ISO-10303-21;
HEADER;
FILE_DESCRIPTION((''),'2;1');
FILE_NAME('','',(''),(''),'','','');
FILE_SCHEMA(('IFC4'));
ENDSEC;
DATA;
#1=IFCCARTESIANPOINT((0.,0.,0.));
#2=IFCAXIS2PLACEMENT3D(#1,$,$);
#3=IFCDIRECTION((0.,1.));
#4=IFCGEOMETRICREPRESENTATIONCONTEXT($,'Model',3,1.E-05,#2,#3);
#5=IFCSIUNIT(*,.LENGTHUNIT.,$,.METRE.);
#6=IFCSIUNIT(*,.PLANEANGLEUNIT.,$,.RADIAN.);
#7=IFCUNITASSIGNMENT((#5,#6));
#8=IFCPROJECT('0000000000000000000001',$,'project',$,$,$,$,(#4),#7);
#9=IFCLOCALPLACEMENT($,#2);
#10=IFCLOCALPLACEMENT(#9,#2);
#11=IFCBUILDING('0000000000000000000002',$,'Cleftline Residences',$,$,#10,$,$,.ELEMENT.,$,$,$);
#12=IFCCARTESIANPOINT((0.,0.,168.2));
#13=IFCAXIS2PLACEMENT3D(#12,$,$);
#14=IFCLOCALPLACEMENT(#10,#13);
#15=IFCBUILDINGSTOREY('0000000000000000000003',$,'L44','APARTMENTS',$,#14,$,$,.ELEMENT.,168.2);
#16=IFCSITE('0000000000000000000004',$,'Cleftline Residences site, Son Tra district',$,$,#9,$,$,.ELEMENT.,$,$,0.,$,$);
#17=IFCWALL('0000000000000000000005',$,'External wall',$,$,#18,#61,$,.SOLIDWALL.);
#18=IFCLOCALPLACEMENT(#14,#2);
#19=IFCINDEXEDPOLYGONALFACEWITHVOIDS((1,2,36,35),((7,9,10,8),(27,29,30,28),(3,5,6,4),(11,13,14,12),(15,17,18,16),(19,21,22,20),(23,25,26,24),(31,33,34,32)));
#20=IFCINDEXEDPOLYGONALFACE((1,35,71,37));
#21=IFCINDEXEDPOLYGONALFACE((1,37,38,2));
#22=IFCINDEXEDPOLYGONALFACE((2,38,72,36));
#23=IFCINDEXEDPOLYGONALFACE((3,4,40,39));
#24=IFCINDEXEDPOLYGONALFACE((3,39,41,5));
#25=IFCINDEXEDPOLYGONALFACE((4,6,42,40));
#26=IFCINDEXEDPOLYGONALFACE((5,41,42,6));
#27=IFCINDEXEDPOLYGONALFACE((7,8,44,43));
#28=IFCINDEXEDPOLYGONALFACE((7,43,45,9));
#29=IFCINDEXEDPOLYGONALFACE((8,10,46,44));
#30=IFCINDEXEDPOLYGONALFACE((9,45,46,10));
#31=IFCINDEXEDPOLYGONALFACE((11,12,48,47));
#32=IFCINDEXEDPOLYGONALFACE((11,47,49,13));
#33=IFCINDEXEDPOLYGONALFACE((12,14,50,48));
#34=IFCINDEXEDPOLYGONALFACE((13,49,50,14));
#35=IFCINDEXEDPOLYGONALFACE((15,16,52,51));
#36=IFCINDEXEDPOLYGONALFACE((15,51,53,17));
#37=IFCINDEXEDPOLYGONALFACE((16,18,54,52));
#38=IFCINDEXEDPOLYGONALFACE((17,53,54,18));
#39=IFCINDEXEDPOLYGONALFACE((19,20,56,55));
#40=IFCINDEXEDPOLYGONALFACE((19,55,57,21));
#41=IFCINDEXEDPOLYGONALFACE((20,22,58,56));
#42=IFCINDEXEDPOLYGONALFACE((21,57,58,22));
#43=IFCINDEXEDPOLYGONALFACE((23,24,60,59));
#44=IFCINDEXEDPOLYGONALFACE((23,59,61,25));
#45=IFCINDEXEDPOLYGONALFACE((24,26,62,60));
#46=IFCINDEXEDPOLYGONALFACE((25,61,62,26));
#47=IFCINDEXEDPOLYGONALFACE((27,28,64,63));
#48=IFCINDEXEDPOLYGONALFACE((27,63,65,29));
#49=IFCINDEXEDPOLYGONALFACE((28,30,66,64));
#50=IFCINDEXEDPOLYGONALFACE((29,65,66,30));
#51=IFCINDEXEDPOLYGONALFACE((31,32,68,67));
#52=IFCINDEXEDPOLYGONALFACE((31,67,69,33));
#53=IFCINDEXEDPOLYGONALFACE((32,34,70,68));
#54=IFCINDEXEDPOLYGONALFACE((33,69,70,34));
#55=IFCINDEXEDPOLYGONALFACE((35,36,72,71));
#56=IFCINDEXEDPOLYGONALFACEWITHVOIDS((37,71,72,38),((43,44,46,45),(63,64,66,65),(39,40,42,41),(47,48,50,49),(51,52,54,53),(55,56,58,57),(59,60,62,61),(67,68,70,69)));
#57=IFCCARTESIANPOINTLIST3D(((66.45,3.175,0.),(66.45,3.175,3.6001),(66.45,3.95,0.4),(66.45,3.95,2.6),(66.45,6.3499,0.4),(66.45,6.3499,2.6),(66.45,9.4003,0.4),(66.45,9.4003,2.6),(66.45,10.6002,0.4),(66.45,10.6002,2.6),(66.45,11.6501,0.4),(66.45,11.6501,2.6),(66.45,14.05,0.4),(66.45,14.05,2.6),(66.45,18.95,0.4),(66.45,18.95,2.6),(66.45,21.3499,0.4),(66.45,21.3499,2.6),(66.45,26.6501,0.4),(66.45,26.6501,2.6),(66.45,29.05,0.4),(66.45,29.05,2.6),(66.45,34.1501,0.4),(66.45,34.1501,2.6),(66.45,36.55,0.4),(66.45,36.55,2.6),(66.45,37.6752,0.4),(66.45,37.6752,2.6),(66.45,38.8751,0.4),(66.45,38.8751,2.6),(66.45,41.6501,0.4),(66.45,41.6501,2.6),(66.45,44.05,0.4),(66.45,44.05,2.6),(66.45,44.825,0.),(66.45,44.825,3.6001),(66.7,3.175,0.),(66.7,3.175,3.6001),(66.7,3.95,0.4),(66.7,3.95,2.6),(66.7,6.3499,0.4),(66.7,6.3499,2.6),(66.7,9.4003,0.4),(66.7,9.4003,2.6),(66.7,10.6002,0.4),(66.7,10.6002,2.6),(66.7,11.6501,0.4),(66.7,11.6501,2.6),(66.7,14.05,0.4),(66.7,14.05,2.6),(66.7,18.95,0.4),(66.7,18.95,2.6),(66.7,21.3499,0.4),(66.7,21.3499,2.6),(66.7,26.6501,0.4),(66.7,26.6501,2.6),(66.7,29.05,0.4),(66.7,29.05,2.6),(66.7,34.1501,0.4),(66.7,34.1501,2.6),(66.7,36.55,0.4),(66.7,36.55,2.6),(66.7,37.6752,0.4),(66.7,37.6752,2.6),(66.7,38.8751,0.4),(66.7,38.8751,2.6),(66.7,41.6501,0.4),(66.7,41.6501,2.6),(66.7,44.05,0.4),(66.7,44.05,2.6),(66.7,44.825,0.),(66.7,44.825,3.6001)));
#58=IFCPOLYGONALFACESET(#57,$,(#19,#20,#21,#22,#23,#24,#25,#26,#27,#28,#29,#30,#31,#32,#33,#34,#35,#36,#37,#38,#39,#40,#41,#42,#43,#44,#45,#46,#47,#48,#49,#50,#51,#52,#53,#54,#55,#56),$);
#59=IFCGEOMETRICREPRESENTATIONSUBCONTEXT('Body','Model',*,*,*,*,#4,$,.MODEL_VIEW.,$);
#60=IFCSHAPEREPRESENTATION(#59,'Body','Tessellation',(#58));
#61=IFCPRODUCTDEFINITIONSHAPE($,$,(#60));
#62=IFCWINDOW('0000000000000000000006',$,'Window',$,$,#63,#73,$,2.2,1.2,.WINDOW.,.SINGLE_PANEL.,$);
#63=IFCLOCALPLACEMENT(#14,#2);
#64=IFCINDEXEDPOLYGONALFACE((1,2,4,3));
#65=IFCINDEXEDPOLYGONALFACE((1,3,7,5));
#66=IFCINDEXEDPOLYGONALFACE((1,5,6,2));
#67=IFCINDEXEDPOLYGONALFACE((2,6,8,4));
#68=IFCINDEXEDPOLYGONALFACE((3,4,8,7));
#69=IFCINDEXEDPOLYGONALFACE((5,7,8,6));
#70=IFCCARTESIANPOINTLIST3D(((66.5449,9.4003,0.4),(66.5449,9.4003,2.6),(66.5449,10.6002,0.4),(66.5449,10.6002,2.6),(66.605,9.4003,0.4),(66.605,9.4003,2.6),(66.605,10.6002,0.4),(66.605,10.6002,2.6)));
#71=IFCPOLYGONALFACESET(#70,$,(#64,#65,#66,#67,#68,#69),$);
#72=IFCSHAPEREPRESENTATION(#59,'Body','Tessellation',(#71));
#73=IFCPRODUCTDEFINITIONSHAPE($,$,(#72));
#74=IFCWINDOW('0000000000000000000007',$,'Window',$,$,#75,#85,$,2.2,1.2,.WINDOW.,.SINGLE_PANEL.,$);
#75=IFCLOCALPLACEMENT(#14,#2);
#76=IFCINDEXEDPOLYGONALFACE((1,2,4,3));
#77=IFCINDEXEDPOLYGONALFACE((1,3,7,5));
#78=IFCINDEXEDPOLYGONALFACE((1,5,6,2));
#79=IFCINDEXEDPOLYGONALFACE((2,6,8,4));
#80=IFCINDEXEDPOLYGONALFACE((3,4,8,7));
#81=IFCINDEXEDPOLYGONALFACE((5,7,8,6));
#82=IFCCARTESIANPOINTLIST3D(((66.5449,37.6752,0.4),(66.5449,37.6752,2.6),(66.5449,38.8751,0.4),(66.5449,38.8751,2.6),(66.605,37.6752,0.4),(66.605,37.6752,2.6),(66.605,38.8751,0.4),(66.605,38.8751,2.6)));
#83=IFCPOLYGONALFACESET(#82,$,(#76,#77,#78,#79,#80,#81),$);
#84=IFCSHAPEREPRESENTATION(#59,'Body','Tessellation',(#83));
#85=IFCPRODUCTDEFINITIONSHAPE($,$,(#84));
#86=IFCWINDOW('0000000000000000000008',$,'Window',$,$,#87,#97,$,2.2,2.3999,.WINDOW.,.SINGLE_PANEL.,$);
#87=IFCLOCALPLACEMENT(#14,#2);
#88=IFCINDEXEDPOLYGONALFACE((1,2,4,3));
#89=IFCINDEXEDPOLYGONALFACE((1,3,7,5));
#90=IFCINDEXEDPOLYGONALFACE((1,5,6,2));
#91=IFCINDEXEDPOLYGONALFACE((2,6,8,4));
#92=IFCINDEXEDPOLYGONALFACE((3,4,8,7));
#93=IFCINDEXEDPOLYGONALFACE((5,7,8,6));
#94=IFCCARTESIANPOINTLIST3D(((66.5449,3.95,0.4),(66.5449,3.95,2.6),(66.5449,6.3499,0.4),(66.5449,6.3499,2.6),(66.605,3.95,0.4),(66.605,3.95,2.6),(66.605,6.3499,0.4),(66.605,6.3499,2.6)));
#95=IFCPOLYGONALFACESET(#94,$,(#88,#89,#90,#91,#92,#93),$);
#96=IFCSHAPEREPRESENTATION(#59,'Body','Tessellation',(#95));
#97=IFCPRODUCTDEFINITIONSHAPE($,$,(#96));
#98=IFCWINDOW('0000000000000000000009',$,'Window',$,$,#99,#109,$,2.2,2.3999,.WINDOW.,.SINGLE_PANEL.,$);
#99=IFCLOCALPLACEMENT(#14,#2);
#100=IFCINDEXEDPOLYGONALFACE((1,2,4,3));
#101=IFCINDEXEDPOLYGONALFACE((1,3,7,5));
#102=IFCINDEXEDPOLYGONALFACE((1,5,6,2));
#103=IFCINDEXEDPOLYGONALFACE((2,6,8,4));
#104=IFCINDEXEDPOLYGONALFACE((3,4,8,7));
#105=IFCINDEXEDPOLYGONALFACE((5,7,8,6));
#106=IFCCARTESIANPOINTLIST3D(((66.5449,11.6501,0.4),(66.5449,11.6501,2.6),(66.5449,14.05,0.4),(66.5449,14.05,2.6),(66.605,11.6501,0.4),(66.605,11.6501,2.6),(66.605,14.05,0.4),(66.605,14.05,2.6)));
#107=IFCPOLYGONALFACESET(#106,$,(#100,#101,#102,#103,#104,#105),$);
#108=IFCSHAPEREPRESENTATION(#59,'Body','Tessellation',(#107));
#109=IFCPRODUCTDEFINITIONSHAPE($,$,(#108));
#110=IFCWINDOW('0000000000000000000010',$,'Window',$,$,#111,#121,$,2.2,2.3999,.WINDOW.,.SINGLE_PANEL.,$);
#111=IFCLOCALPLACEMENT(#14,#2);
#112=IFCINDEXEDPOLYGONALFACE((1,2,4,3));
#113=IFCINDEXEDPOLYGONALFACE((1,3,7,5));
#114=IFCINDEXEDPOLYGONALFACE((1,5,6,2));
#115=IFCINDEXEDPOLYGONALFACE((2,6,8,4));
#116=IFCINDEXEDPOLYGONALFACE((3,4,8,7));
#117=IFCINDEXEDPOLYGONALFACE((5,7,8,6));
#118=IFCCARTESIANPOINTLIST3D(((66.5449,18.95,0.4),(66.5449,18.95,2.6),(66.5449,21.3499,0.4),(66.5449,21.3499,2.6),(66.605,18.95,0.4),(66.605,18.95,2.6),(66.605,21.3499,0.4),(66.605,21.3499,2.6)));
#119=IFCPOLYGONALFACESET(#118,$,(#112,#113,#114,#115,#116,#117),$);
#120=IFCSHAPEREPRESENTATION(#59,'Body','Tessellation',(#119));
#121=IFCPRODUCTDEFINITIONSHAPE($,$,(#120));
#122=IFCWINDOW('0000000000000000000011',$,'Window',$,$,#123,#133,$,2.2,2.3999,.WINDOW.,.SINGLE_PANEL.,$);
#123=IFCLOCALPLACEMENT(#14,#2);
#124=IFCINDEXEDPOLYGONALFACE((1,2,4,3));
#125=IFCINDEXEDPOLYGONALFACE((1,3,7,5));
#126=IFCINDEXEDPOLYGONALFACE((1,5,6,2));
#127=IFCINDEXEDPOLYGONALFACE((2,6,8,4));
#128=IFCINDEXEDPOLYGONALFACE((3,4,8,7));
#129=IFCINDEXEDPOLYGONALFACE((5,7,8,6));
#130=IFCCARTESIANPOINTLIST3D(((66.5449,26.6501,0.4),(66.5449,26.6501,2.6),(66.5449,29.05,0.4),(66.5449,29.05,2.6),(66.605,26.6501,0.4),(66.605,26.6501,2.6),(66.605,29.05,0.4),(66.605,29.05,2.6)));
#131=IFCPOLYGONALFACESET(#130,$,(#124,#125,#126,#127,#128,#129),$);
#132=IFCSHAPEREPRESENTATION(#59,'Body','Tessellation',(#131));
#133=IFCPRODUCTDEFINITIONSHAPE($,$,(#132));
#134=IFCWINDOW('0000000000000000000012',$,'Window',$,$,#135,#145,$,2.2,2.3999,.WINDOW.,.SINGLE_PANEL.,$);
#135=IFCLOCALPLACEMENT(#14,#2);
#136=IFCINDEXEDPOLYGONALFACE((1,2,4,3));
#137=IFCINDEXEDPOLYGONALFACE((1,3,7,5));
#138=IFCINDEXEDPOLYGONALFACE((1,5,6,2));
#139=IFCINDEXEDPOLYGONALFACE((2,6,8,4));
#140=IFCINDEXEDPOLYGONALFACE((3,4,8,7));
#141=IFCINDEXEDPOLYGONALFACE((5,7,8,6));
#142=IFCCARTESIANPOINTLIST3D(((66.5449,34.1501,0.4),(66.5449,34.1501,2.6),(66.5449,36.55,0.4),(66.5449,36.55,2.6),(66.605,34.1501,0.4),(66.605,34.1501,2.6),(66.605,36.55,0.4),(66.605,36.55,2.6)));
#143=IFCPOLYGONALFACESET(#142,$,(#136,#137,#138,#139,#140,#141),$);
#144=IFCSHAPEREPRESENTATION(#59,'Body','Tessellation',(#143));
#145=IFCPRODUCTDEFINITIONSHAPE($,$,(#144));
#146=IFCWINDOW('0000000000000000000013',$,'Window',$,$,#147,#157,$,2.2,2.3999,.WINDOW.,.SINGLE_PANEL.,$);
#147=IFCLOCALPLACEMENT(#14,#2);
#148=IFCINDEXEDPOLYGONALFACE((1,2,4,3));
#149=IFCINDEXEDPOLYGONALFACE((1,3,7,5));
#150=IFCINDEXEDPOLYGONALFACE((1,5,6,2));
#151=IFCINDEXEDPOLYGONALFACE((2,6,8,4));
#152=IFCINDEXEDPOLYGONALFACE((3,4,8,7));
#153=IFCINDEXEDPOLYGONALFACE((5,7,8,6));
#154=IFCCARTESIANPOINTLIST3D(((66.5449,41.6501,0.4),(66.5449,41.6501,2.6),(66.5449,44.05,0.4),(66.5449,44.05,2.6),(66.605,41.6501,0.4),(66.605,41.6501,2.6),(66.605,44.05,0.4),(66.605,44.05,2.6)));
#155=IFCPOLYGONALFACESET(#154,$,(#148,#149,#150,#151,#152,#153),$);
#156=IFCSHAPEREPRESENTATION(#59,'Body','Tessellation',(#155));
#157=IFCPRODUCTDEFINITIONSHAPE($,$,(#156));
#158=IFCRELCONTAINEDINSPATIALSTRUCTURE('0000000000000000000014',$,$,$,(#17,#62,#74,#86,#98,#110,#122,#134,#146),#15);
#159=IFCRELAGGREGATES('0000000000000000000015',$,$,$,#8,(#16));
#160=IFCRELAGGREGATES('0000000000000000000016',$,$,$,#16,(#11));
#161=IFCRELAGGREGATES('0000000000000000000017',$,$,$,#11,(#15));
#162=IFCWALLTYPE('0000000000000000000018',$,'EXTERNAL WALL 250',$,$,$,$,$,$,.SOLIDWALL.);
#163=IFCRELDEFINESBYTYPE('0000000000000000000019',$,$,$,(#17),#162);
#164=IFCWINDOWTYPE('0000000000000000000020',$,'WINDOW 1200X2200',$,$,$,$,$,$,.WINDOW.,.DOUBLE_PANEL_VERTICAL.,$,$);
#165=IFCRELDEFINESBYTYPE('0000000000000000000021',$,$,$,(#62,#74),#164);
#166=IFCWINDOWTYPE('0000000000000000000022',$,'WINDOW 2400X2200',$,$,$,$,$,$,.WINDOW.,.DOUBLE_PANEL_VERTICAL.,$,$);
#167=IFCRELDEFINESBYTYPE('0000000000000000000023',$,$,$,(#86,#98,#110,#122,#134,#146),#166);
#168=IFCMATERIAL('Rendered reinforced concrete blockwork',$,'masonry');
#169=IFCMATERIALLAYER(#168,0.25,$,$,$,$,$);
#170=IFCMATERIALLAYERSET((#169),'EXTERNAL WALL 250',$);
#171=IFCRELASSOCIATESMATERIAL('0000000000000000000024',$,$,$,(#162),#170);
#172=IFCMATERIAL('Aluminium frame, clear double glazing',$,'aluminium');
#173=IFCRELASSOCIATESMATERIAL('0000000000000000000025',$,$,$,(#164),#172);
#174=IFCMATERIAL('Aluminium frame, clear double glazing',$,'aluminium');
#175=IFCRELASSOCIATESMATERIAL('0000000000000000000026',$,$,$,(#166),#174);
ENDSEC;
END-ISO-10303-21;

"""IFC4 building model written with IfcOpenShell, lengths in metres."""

from ifc_helpers import new_model, si_unit, direction, frame, frame_2d, origin, place, context, subcontext, project, spatial, rectangle, extrude, material, layer, layer_set, type_object, element, fill, save


model = new_model("IFC4")

# Units and contexts
model_context = context("Model", 3, precision=1e-05, world=origin(), true_north=direction((0.0, 1.0)))
body_context = subcontext(model_context, "Body", "Model", "MODEL_VIEW")
ifc_project = project(units=[si_unit("LENGTHUNIT", "METRE"), si_unit("PLANEANGLEUNIT", "RADIAN")], contexts=[model_context])

# Site, building, storey
site_placement = place(None, origin())
site = spatial("IfcSite", under=ifc_project, at=site_placement, Name="Cleftline Residences site, Son Tra district", CompositionType="ELEMENT", RefElevation=0.0)
building_placement = place(site_placement, origin())
building = spatial("IfcBuilding", under=site, at=building_placement, Name="Cleftline Residences", CompositionType="ELEMENT")
storey_placement = place(building_placement, frame((0.0, 0.0, 168.2)))
storey = spatial("IfcBuildingStorey", under=building, at=storey_placement, Name="L44", Description="APARTMENTS", CompositionType="ELEMENT", Elevation=168.2)

# Wall, openings, windows
ifc_material_1 = material(Name="Rendered reinforced concrete blockwork", Category="masonry")
ifc_layer_1 = layer(ifc_material_1, 0.25)
ifc_layer_set_1 = layer_set([ifc_layer_1], Name="EXTERNAL WALL 250")
wall_type = type_object("IfcWallType", Name="EXTERNAL WALL 250", PredefinedType="SOLIDWALL", material=ifc_layer_set_1)
wall_placement = place(storey_placement, frame((66.575, 3.175, 0.0), z_axis=(0.0, 0.0, 1.0), x_axis=(0.0, 1.0, 0.0)))
wall = element("IfcWall", 1, at=wall_placement, inside=storey, type_object=wall_type, Name="External wall", PredefinedType="SOLIDWALL", context=body_context, shape_type="SweptSolid", body=[
    extrude(rectangle(XDim=41.6499, YDim=0.25, at=frame_2d((20.825, 0.0))), origin(), (0.0, 0.0, 1.0), 3.6001),
])
opening_1_placement = place(wall_placement, frame((0.7749, 0.0, 0.3999)))
opening_1 = element("IfcOpeningElement", 2, at=opening_1_placement, cuts=wall, PredefinedType="OPENING", context=body_context, shape_type="SweptSolid", body=[
    extrude(rectangle(XDim=2.3999, YDim=2.2, at=frame_2d((1.2, 1.1001))), frame((0.0, 0.135, 0.0), z_axis=(0.0, -1.0, 0.0), x_axis=(1.0, 0.0, 0.0)), (0.0, 0.0, 1.0), 0.27),
])
opening_2_placement = place(wall_placement, frame((6.2251, 0.0, 0.3999)))
opening_2 = element("IfcOpeningElement", 3, at=opening_2_placement, cuts=wall, PredefinedType="OPENING", context=body_context, shape_type="SweptSolid", body=[
    extrude(rectangle(XDim=1.2, YDim=2.2, at=frame_2d((0.6001, 1.1001))), frame((0.0, 0.135, 0.0), z_axis=(0.0, -1.0, 0.0), x_axis=(1.0, 0.0, 0.0)), (0.0, 0.0, 1.0), 0.27),
])
opening_3_placement = place(wall_placement, frame((8.4751, 0.0, 0.3999)))
opening_3 = element("IfcOpeningElement", 4, at=opening_3_placement, cuts=wall, PredefinedType="OPENING", context=body_context, shape_type="SweptSolid", body=[
    extrude(rectangle(XDim=2.3999, YDim=2.2, at=frame_2d((1.2, 1.1001))), frame((0.0, 0.135, 0.0), z_axis=(0.0, -1.0, 0.0), x_axis=(1.0, 0.0, 0.0)), (0.0, 0.0, 1.0), 0.27),
])
opening_4_placement = place(wall_placement, frame((15.7749, 0.0, 0.3999)))
opening_4 = element("IfcOpeningElement", 5, at=opening_4_placement, cuts=wall, PredefinedType="OPENING", context=body_context, shape_type="SweptSolid", body=[
    extrude(rectangle(XDim=2.3999, YDim=2.2, at=frame_2d((1.2, 1.1001))), frame((0.0, 0.135, 0.0), z_axis=(0.0, -1.0, 0.0), x_axis=(1.0, 0.0, 0.0)), (0.0, 0.0, 1.0), 0.27),
])
opening_5_placement = place(wall_placement, frame((23.4751, 0.0, 0.3999)))
opening_5 = element("IfcOpeningElement", 6, at=opening_5_placement, cuts=wall, PredefinedType="OPENING", context=body_context, shape_type="SweptSolid", body=[
    extrude(rectangle(XDim=2.3999, YDim=2.2, at=frame_2d((1.2, 1.1001))), frame((0.0, 0.135, 0.0), z_axis=(0.0, -1.0, 0.0), x_axis=(1.0, 0.0, 0.0)), (0.0, 0.0, 1.0), 0.27),
])
opening_6_placement = place(wall_placement, frame((30.9751, 0.0, 0.3999)))
opening_6 = element("IfcOpeningElement", 7, at=opening_6_placement, cuts=wall, PredefinedType="OPENING", context=body_context, shape_type="SweptSolid", body=[
    extrude(rectangle(XDim=2.3999, YDim=2.2, at=frame_2d((1.2, 1.1001))), frame((0.0, 0.135, 0.0), z_axis=(0.0, -1.0, 0.0), x_axis=(1.0, 0.0, 0.0)), (0.0, 0.0, 1.0), 0.27),
])
opening_7_placement = place(wall_placement, frame((34.5, 0.0, 0.3999)))
opening_7 = element("IfcOpeningElement", 8, at=opening_7_placement, cuts=wall, PredefinedType="OPENING", context=body_context, shape_type="SweptSolid", body=[
    extrude(rectangle(XDim=1.2, YDim=2.2, at=frame_2d((0.6001, 1.1001))), frame((0.0, 0.135, 0.0), z_axis=(0.0, -1.0, 0.0), x_axis=(1.0, 0.0, 0.0)), (0.0, 0.0, 1.0), 0.27),
])
opening_8_placement = place(wall_placement, frame((38.4751, 0.0, 0.3999)))
opening_8 = element("IfcOpeningElement", 9, at=opening_8_placement, cuts=wall, PredefinedType="OPENING", context=body_context, shape_type="SweptSolid", body=[
    extrude(rectangle(XDim=2.3999, YDim=2.2, at=frame_2d((1.2, 1.1001))), frame((0.0, 0.135, 0.0), z_axis=(0.0, -1.0, 0.0), x_axis=(1.0, 0.0, 0.0)), (0.0, 0.0, 1.0), 0.27),
])
ifc_material_2 = material(Name="Aluminium frame, clear double glazing", Category="aluminium")
window_type_1 = type_object("IfcWindowType", Name="WINDOW 1200X2200", PartitioningType="DOUBLE_PANEL_VERTICAL", PredefinedType="WINDOW", material=ifc_material_2)
window_1_placement = place(opening_2_placement, origin())
window_1 = element("IfcWindow", 10, at=window_1_placement, inside=storey, type_object=window_type_1, Name="Window", OverallHeight=2.2, OverallWidth=1.2, PartitioningType="SINGLE_PANEL", PredefinedType="WINDOW", context=body_context, shape_type="SweptSolid", body=[
    extrude(rectangle(XDim=1.2, YDim=2.2, at=frame_2d((0.6001, 1.1001))), frame((0.0, 0.03, 0.0), z_axis=(0.0, -1.0, 0.0), x_axis=(1.0, 0.0, 0.0)), (0.0, 0.0, 1.0), 0.0601),
])
fill(opening_2, window_1)
window_2_placement = place(opening_7_placement, origin())
window_2 = element("IfcWindow", 11, at=window_2_placement, inside=storey, type_object=window_type_1, Name="Window", OverallHeight=2.2, OverallWidth=1.2, PartitioningType="SINGLE_PANEL", PredefinedType="WINDOW", context=body_context, shape_type="SweptSolid", body=[
    extrude(rectangle(XDim=1.2, YDim=2.2, at=frame_2d((0.6001, 1.1001))), frame((0.0, 0.03, 0.0), z_axis=(0.0, -1.0, 0.0), x_axis=(1.0, 0.0, 0.0)), (0.0, 0.0, 1.0), 0.0601),
])
fill(opening_7, window_2)
ifc_material_3 = material(Name="Aluminium frame, clear double glazing", Category="aluminium")
window_type_2 = type_object("IfcWindowType", Name="WINDOW 2400X2200", PartitioningType="DOUBLE_PANEL_VERTICAL", PredefinedType="WINDOW", material=ifc_material_3)
window_3_placement = place(opening_1_placement, origin())
window_3 = element("IfcWindow", 12, at=window_3_placement, inside=storey, type_object=window_type_2, Name="Window", OverallHeight=2.2, OverallWidth=2.3999, PartitioningType="SINGLE_PANEL", PredefinedType="WINDOW", context=body_context, shape_type="SweptSolid", body=[
    extrude(rectangle(XDim=2.3999, YDim=2.2, at=frame_2d((1.2, 1.1001))), frame((0.0, 0.03, 0.0), z_axis=(0.0, -1.0, 0.0), x_axis=(1.0, 0.0, 0.0)), (0.0, 0.0, 1.0), 0.0601),
])
fill(opening_1, window_3)
window_4_placement = place(opening_3_placement, origin())
window_4 = element("IfcWindow", 13, at=window_4_placement, inside=storey, type_object=window_type_2, Name="Window", OverallHeight=2.2, OverallWidth=2.3999, PartitioningType="SINGLE_PANEL", PredefinedType="WINDOW", context=body_context, shape_type="SweptSolid", body=[
    extrude(rectangle(XDim=2.3999, YDim=2.2, at=frame_2d((1.2, 1.1001))), frame((0.0, 0.03, 0.0), z_axis=(0.0, -1.0, 0.0), x_axis=(1.0, 0.0, 0.0)), (0.0, 0.0, 1.0), 0.0601),
])
fill(opening_3, window_4)
window_5_placement = place(opening_4_placement, origin())
window_5 = element("IfcWindow", 14, at=window_5_placement, inside=storey, type_object=window_type_2, Name="Window", OverallHeight=2.2, OverallWidth=2.3999, PartitioningType="SINGLE_PANEL", PredefinedType="WINDOW", context=body_context, shape_type="SweptSolid", body=[
    extrude(rectangle(XDim=2.3999, YDim=2.2, at=frame_2d((1.2, 1.1001))), frame((0.0, 0.03, 0.0), z_axis=(0.0, -1.0, 0.0), x_axis=(1.0, 0.0, 0.0)), (0.0, 0.0, 1.0), 0.0601),
])
fill(opening_4, window_5)
window_6_placement = place(opening_5_placement, origin())
window_6 = element("IfcWindow", 15, at=window_6_placement, inside=storey, type_object=window_type_2, Name="Window", OverallHeight=2.2, OverallWidth=2.3999, PartitioningType="SINGLE_PANEL", PredefinedType="WINDOW", context=body_context, shape_type="SweptSolid", body=[
    extrude(rectangle(XDim=2.3999, YDim=2.2, at=frame_2d((1.2, 1.1001))), frame((0.0, 0.03, 0.0), z_axis=(0.0, -1.0, 0.0), x_axis=(1.0, 0.0, 0.0)), (0.0, 0.0, 1.0), 0.0601),
])
fill(opening_5, window_6)
window_7_placement = place(opening_6_placement, origin())
window_7 = element("IfcWindow", 16, at=window_7_placement, inside=storey, type_object=window_type_2, Name="Window", OverallHeight=2.2, OverallWidth=2.3999, PartitioningType="SINGLE_PANEL", PredefinedType="WINDOW", context=body_context, shape_type="SweptSolid", body=[
    extrude(rectangle(XDim=2.3999, YDim=2.2, at=frame_2d((1.2, 1.1001))), frame((0.0, 0.03, 0.0), z_axis=(0.0, -1.0, 0.0), x_axis=(1.0, 0.0, 0.0)), (0.0, 0.0, 1.0), 0.0601),
])
fill(opening_6, window_7)
window_8_placement = place(opening_8_placement, origin())
window_8 = element("IfcWindow", 17, at=window_8_placement, inside=storey, type_object=window_type_2, Name="Window", OverallHeight=2.2, OverallWidth=2.3999, PartitioningType="SINGLE_PANEL", PredefinedType="WINDOW", context=body_context, shape_type="SweptSolid", body=[
    extrude(rectangle(XDim=2.3999, YDim=2.2, at=frame_2d((1.2, 1.1001))), frame((0.0, 0.03, 0.0), z_axis=(0.0, -1.0, 0.0), x_axis=(1.0, 0.0, 0.0)), (0.0, 0.0, 1.0), 0.0601),
])
fill(opening_8, window_8)

save(model, "model.ifc")
